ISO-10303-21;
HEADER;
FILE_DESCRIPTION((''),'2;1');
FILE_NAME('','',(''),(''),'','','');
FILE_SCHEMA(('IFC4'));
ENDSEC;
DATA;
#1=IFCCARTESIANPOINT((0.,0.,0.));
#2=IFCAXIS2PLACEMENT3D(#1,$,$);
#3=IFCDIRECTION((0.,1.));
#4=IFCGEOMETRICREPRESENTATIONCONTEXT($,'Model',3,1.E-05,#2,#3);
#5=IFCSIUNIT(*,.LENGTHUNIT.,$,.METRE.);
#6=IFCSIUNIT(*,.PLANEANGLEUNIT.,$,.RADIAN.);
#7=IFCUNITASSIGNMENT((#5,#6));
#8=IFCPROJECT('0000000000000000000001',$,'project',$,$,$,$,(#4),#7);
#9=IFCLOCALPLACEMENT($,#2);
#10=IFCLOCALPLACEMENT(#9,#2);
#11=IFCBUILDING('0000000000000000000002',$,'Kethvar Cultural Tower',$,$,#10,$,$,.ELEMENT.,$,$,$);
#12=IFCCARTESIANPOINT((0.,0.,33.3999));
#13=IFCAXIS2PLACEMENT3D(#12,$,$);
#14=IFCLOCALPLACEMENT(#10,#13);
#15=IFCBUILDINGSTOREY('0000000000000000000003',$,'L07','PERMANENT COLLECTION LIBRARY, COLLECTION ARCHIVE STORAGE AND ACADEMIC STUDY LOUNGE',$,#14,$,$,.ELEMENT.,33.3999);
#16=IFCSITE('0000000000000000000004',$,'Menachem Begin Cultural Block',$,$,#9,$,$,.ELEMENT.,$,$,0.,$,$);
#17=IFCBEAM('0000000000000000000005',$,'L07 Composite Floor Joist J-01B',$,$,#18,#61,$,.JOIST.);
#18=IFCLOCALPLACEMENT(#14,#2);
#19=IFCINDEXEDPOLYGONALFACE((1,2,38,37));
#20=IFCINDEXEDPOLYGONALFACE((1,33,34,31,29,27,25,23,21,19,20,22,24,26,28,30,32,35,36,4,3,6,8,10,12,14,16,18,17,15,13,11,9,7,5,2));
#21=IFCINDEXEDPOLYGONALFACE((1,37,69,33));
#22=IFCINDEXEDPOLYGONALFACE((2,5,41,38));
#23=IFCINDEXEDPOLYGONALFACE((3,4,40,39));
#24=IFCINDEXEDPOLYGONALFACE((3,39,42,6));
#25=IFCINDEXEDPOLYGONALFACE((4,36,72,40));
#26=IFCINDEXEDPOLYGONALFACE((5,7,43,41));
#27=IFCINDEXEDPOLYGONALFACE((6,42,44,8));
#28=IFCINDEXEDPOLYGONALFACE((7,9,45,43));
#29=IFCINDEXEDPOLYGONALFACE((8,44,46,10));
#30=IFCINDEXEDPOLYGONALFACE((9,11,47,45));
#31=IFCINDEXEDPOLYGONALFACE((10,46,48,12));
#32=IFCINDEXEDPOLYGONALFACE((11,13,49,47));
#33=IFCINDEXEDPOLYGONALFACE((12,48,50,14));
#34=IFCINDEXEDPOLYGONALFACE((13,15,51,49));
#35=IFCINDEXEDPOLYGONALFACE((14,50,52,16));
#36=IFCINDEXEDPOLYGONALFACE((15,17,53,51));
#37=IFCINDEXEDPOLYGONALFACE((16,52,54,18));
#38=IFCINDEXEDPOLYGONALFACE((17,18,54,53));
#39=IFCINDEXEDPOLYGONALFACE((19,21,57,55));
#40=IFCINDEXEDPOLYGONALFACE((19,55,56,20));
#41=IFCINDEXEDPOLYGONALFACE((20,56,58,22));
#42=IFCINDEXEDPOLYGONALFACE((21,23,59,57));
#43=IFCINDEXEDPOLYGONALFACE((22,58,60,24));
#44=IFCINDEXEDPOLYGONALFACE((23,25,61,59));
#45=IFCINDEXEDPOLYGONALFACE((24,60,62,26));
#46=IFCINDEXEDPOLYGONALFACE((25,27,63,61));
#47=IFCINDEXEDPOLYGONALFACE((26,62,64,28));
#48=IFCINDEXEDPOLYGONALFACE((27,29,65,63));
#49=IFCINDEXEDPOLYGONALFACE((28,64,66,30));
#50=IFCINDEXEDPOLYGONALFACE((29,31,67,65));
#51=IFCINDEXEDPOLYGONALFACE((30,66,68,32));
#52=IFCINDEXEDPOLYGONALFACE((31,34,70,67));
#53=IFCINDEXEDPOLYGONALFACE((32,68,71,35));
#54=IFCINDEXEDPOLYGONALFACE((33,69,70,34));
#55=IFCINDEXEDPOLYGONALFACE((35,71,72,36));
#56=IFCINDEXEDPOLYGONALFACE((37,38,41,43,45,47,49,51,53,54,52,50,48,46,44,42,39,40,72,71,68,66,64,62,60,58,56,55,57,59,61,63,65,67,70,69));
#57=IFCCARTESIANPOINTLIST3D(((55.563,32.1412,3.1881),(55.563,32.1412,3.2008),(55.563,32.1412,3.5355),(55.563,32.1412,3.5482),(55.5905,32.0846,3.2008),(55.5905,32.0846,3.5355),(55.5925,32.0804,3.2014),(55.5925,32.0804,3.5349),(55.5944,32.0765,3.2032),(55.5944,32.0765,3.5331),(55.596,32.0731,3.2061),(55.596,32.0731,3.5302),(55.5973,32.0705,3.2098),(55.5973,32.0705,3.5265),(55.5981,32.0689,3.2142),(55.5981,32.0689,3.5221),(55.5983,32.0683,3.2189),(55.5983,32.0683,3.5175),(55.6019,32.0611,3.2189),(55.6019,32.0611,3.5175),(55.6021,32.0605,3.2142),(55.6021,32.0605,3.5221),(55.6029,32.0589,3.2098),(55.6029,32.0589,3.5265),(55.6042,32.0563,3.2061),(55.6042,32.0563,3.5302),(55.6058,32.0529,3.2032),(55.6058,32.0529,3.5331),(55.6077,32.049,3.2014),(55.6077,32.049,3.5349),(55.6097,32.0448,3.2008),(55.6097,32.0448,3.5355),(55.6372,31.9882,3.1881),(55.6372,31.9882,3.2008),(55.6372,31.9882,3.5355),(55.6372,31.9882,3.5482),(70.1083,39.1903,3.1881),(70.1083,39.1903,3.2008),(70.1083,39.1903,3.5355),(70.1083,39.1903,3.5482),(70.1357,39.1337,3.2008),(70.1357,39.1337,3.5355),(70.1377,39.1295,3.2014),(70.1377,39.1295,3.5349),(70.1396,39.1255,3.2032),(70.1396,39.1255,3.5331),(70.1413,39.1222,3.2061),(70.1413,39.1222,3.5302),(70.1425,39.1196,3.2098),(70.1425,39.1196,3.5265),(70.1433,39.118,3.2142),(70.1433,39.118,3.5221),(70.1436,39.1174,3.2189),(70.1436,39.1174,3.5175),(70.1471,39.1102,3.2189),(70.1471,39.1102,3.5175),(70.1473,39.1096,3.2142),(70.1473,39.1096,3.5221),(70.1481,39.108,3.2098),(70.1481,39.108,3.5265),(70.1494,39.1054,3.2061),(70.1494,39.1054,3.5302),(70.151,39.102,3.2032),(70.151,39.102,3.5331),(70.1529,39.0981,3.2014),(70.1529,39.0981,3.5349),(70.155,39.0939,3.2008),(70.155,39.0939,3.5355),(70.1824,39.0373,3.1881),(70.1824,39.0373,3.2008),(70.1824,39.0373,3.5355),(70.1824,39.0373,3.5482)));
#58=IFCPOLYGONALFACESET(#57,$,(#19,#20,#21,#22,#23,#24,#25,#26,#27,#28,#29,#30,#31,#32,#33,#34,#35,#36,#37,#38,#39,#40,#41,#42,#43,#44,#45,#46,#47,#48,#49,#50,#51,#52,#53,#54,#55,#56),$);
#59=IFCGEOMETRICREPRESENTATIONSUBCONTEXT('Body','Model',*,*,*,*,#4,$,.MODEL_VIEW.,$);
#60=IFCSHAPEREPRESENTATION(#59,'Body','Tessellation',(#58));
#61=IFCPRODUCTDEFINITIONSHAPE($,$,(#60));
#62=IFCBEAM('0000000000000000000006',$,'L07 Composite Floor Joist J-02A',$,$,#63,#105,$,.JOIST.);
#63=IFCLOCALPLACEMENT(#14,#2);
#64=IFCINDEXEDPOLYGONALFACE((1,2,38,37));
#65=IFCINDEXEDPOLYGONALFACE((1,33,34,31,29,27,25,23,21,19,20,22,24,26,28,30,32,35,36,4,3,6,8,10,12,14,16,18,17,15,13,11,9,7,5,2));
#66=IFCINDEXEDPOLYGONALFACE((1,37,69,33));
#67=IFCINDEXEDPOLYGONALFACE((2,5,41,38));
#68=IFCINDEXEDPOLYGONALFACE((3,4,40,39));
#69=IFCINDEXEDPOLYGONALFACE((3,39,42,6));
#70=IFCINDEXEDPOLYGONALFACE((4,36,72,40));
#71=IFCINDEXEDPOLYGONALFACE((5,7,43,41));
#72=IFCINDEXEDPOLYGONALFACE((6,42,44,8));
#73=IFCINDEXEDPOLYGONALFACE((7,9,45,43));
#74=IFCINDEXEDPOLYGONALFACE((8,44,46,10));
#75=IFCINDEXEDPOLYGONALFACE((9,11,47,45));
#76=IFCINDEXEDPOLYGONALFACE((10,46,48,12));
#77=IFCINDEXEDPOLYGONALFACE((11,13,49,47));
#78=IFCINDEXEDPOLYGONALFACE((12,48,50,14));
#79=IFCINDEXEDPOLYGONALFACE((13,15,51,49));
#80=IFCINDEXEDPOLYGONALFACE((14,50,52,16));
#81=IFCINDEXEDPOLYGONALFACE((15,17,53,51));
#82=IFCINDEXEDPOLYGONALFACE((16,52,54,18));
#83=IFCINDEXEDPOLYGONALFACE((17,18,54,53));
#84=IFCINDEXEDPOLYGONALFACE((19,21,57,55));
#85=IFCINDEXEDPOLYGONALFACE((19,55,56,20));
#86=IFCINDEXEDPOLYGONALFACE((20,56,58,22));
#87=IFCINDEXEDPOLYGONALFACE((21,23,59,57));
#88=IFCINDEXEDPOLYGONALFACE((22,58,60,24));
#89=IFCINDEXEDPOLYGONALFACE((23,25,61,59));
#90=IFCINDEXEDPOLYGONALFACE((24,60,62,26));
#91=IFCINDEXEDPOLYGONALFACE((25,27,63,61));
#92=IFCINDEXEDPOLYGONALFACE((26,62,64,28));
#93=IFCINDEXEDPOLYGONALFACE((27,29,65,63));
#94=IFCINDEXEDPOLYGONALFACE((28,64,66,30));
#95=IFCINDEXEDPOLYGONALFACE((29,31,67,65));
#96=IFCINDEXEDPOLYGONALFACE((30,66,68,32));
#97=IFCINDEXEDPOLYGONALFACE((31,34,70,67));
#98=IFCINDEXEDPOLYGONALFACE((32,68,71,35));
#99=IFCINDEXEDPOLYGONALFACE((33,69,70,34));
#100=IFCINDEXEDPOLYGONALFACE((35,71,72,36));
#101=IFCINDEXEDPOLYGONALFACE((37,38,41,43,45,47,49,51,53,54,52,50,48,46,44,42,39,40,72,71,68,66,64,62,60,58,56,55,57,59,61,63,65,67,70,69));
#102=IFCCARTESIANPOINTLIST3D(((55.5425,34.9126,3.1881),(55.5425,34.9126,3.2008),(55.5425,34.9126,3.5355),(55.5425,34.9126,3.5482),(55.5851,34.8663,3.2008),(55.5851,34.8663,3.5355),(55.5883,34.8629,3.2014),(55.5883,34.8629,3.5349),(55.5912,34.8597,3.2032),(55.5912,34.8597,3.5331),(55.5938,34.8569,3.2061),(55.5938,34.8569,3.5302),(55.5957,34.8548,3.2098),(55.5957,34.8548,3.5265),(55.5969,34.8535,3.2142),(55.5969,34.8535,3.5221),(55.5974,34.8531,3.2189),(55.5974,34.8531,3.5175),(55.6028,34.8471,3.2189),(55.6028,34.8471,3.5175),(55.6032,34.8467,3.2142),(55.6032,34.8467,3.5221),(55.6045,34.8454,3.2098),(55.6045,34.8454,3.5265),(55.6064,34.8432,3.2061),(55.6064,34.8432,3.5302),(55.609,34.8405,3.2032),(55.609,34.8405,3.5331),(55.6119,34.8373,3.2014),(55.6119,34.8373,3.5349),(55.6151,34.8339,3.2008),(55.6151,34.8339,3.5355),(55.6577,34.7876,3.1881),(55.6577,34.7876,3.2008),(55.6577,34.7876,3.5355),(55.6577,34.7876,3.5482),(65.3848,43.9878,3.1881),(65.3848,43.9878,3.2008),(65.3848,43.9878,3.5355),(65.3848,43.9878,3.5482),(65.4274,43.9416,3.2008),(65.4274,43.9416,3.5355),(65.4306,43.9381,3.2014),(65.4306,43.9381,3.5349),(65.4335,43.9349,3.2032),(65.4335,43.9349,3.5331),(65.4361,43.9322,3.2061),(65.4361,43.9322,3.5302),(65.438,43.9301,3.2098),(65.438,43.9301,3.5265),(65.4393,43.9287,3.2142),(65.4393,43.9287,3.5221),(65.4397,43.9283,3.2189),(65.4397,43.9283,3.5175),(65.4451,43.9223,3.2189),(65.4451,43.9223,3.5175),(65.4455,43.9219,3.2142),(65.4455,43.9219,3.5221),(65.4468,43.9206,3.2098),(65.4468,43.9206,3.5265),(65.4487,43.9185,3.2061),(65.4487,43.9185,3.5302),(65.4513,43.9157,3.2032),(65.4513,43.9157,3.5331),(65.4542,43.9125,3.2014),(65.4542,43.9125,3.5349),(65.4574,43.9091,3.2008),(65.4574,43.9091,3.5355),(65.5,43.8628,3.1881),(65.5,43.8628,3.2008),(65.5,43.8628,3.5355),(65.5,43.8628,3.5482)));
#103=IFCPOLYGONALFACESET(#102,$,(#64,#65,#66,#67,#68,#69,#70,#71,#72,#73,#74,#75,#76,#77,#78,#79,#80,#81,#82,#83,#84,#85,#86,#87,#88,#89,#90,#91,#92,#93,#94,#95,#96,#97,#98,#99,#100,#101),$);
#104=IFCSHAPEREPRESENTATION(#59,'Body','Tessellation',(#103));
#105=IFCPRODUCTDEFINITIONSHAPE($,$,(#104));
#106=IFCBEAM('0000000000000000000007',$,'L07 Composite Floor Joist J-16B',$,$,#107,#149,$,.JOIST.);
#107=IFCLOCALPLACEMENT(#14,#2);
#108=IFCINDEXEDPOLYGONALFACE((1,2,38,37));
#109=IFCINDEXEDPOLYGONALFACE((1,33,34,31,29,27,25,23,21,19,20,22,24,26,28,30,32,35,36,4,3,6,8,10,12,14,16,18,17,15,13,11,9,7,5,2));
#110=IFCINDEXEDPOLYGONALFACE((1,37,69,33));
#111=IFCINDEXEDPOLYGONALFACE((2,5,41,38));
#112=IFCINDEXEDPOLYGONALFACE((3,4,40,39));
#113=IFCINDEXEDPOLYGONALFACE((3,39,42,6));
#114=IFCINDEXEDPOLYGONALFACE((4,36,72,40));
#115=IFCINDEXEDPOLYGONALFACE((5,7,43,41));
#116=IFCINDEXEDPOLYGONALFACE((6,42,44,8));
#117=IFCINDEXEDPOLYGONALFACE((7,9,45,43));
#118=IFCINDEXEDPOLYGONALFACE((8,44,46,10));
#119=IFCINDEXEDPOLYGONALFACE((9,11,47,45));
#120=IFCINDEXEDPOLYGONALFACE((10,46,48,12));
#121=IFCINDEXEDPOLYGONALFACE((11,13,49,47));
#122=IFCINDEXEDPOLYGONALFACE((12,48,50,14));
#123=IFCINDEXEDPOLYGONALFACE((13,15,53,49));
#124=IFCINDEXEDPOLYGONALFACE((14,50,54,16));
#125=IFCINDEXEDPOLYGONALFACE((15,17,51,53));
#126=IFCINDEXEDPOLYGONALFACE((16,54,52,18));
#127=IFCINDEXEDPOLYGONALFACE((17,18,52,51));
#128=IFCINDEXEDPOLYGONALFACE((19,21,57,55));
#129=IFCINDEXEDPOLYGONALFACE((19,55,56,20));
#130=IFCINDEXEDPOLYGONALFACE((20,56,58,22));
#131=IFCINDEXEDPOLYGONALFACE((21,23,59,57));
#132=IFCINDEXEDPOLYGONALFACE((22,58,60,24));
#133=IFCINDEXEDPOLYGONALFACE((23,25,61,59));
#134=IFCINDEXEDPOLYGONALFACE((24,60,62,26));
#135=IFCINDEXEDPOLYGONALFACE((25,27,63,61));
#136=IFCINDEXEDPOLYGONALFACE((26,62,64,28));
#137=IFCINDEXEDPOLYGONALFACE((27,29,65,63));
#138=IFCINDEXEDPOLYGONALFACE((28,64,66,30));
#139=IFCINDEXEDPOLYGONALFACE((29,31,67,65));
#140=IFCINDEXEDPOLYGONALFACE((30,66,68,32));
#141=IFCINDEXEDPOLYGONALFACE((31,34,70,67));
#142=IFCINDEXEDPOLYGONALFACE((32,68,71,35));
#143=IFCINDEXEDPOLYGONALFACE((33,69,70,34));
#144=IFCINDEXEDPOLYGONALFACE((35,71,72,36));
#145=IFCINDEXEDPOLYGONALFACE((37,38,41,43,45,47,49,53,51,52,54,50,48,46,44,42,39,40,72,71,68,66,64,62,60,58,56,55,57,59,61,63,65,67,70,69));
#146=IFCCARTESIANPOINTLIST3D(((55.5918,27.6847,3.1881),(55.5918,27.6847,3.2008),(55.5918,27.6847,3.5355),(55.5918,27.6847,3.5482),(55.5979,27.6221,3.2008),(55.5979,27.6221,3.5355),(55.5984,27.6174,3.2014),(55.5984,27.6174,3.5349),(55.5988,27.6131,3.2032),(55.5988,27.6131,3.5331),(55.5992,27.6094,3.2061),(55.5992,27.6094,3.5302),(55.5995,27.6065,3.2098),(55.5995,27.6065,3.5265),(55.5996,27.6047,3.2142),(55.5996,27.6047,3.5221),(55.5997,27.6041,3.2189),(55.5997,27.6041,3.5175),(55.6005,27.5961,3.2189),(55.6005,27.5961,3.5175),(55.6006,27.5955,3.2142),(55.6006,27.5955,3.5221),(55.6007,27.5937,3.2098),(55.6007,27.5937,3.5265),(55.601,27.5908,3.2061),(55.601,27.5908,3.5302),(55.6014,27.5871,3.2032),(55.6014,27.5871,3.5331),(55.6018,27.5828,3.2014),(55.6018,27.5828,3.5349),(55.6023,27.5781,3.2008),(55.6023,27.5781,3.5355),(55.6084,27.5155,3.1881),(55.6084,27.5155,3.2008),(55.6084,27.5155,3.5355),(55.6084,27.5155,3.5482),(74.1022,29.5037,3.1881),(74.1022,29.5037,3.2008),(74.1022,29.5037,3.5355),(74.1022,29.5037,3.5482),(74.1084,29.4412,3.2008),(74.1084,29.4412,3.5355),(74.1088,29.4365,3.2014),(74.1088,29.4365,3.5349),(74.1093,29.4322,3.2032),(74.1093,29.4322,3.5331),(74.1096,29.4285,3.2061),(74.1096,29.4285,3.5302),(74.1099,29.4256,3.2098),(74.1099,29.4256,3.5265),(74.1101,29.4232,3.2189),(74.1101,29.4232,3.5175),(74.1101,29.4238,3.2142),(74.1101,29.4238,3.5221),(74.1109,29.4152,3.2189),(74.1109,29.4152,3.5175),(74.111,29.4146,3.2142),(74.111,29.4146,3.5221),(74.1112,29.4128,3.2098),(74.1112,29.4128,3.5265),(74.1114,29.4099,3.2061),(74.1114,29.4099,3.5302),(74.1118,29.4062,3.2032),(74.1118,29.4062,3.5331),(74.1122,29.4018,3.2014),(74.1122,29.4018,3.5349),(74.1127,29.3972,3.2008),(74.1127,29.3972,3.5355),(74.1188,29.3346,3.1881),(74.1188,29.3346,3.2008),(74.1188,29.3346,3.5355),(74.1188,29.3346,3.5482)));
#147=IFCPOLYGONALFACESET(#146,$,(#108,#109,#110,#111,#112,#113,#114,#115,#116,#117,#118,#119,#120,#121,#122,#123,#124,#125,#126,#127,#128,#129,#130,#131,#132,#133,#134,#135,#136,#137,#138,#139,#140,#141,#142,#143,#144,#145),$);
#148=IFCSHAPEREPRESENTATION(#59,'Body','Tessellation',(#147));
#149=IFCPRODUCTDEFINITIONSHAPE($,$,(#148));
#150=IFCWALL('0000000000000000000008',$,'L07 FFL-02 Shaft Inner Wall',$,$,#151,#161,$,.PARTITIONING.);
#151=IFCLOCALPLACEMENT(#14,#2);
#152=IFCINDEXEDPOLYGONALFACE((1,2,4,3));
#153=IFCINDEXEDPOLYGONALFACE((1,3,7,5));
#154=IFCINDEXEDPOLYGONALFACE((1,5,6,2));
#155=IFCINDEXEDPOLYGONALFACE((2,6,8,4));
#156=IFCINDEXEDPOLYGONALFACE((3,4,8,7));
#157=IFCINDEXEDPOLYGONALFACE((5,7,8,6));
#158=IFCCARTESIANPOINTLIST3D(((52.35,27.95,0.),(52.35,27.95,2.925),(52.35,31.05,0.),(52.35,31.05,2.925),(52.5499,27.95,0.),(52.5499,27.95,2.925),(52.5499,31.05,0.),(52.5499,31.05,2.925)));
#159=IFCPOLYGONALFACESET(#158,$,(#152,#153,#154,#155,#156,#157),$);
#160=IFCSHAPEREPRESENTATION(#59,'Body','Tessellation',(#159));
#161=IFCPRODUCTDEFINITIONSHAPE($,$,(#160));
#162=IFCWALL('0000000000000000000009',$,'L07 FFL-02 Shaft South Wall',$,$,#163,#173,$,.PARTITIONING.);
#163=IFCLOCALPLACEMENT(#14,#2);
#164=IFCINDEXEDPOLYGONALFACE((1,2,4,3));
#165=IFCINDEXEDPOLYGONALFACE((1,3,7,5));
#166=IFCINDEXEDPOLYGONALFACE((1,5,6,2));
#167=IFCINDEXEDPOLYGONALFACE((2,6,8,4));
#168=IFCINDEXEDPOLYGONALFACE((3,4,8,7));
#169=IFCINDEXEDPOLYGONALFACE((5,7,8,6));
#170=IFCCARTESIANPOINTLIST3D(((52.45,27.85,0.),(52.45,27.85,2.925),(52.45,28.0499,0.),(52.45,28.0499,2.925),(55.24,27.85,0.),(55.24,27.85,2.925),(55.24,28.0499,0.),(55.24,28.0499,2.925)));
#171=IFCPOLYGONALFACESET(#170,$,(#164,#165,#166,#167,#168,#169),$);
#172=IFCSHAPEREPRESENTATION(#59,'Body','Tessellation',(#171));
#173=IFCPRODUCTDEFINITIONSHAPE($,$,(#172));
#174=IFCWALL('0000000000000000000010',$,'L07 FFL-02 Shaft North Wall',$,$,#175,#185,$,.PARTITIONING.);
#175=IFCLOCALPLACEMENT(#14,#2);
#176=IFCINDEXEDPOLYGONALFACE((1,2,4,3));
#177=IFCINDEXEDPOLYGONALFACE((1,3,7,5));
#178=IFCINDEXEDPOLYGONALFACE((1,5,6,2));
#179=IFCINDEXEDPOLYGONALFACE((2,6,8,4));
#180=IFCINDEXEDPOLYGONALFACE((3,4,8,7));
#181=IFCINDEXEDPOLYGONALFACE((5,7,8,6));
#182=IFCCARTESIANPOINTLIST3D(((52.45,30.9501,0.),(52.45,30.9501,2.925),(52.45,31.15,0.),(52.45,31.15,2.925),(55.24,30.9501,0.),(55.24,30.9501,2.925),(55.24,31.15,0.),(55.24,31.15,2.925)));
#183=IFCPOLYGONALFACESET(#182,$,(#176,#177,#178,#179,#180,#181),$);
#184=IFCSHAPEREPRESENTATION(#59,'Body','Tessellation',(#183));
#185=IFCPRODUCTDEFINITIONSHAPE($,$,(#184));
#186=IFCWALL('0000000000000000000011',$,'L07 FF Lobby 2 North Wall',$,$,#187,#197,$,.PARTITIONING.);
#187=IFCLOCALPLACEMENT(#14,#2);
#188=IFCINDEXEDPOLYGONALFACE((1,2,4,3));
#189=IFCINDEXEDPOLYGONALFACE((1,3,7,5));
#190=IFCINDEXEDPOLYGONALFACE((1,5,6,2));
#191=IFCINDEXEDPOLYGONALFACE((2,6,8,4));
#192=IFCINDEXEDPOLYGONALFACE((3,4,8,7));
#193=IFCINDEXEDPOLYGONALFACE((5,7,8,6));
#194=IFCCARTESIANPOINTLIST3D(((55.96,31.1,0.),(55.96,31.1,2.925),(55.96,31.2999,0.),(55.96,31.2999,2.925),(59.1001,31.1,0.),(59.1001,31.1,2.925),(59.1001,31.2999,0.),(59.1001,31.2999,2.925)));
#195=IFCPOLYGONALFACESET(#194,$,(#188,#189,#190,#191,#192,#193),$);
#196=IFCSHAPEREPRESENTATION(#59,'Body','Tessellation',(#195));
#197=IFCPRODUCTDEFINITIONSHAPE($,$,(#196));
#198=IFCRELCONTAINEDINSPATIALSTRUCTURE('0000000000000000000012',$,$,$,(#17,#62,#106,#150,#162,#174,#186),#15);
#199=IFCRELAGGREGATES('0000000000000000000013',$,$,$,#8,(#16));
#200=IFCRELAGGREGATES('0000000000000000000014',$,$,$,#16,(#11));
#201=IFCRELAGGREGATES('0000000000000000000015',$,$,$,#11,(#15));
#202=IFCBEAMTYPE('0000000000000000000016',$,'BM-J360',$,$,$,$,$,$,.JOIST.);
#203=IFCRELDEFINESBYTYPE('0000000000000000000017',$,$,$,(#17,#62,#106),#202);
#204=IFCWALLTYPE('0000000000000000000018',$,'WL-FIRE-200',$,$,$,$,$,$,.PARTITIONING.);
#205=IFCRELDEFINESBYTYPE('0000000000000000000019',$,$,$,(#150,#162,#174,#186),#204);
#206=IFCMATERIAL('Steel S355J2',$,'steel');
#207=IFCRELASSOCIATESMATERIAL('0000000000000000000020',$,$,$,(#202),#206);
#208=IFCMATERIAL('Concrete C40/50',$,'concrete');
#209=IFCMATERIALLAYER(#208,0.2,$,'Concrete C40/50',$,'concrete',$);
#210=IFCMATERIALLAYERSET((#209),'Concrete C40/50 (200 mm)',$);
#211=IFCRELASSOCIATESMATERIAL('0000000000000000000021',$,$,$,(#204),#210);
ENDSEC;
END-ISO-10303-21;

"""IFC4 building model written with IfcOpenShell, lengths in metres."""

from ifc_helpers import new_model, si_unit, direction, frame, frame_2d, origin, origin_2d, place, context, subcontext, project, spatial, rectangle, i_section, extrude, source, transform, mapped, material, layer, layer_set, material_profile, profile_set, type_object, element, save


model = new_model("IFC4")

# Units and contexts
model_context = context("Model", 3, precision=1e-05, world=origin(), true_north=direction((0.0, 1.0)))
body_context = subcontext(model_context, "Body", "Model", "MODEL_VIEW")
ifc_project = project(units=[si_unit("LENGTHUNIT", "METRE"), si_unit("PLANEANGLEUNIT", "RADIAN")], contexts=[model_context])

# Site, building, storey
site_placement = place(None, origin())
site = spatial("IfcSite", under=ifc_project, at=site_placement, Name="Menachem Begin Cultural Block", CompositionType="ELEMENT", RefElevation=0.0)
building_placement = place(site_placement, origin())
building = spatial("IfcBuilding", under=site, at=building_placement, Name="Kethvar Cultural Tower", CompositionType="ELEMENT")
storey_placement = place(building_placement, frame((0.0, 0.0, 33.3999)))
storey = spatial("IfcBuildingStorey", under=building, at=storey_placement, Name="L07", Description="PERMANENT COLLECTION LIBRARY, COLLECTION ARCHIVE STORAGE AND ACADEMIC STUDY LOUNGE", CompositionType="ELEMENT", Elevation=33.3999)

# Beams
ifc_material_1 = material(Name="Steel S355J2", Category="steel")
ifc_material_profile_1 = material_profile(ifc_material_1, i_section(OverallWidth=0.1699, OverallDepth=0.3601, WebThickness=0.0081, FlangeThickness=0.0127, FilletRadius=0.0181, at=origin_2d()), Name="Steel S355J2 — IPE360")
ifc_profile_set_1 = profile_set([ifc_material_profile_1], Name="Steel S355J2 — IPE360")
beam_type_1 = type_object("IfcBeamType", Name="BM-J360", PredefinedType="JOIST", material=ifc_profile_set_1)
shared_shape_1 = source(origin(), body_context, "Body", "SweptSolid", [
    extrude(i_section(OverallWidth=0.1699, OverallDepth=0.3601, WebThickness=0.0081, FlangeThickness=0.0127, FilletRadius=0.0181, at=origin_2d()), origin(), (0.0, 0.0, 1.0), 16.1633),
])
beam_1_placement = place(storey_placement, frame((55.6001, 32.0647, 3.3682), z_axis=(0.89989, 0.436117, 0.0), x_axis=(-0.436117, 0.89989, 0.0)))
element("IfcBeam", 1, at=beam_1_placement, inside=storey, type_object=beam_type_1, Name="L07 Composite Floor Joist J-01B", PredefinedType="JOIST", context=body_context, shape_type="MappedRepresentation", body=[
    mapped(shared_shape_1, transform((0.0, 0.0, 0.0), scale=1.0)),
])
shared_shape_2 = source(origin(), body_context, "Body", "SweptSolid", [
    extrude(i_section(OverallWidth=0.1699, OverallDepth=0.3601, WebThickness=0.0081, FlangeThickness=0.0127, FilletRadius=0.0181, at=origin_2d()), origin(), (0.0, 0.0, 1.0), 13.3877),
])
beam_2_placement = place(storey_placement, frame((55.6001, 34.8501, 3.3682), z_axis=(0.735175, 0.677877, 0.0), x_axis=(-0.677877, 0.735175, 0.0)))
element("IfcBeam", 2, at=beam_2_placement, inside=storey, type_object=beam_type_1, Name="L07 Composite Floor Joist J-02A", PredefinedType="JOIST", context=body_context, shape_type="MappedRepresentation", body=[
    mapped(shared_shape_2, transform((0.0, 0.0, 0.0), scale=1.0)),
])
shared_shape_3 = source(origin(), body_context, "Body", "SweptSolid", [
    extrude(i_section(OverallWidth=0.1699, OverallDepth=0.3601, WebThickness=0.0081, FlangeThickness=0.0127, FilletRadius=0.0181, at=origin_2d()), origin(), (0.0, 0.0, 1.0), 18.5996),
])
beam_3_placement = place(storey_placement, frame((55.6001, 27.6001, 3.3682), z_axis=(0.995206, 0.097802, 0.0), x_axis=(-0.097802, 0.995206, 0.0)))
element("IfcBeam", 3, at=beam_3_placement, inside=storey, type_object=beam_type_1, Name="L07 Composite Floor Joist J-16B", PredefinedType="JOIST", context=body_context, shape_type="MappedRepresentation", body=[
    mapped(shared_shape_3, transform((0.0, 0.0, 0.0), scale=1.0)),
])

# Walls
ifc_material_2 = material(Name="Concrete C40/50", Category="concrete")
ifc_layer_1 = layer(ifc_material_2, 0.2, Name="Concrete C40/50", Category="concrete")
ifc_layer_set_1 = layer_set([ifc_layer_1], Name="Concrete C40/50 (200 mm)")
wall_type_1 = type_object("IfcWallType", Name="WL-FIRE-200", PredefinedType="PARTITIONING", material=ifc_layer_set_1)
wall_1_placement = place(storey_placement, frame((52.45, 27.95, 0.0), z_axis=(0.0, 0.0, 1.0), x_axis=(0.0, 1.0, 0.0)))
element("IfcWall", 4, at=wall_1_placement, inside=storey, type_object=wall_type_1, Name="L07 FFL-02 Shaft Inner Wall", PredefinedType="PARTITIONING", context=body_context, shape_type="SweptSolid", body=[
    extrude(rectangle(XDim=3.1001, YDim=0.2, at=frame_2d((1.55, 0.0))), origin(), (0.0, 0.0, 1.0), 2.925),
])
for number, where, z_axis, x_axis, name in (
    (5, (52.45, 27.95, 0.0), (0.0, 0.0, 1.0), (1.0, 0.0, 0.0), "L07 FFL-02 Shaft South Wall"),
    (6, (52.45, 31.05, 0.0), (0.0, 0.0, 1.0), (1.0, 0.0, 0.0), "L07 FFL-02 Shaft North Wall"),
):
    element("IfcWall", number, at=place(storey_placement, frame(where, z_axis=z_axis, x_axis=x_axis)), inside=storey, type_object=wall_type_1, Name=name, PredefinedType="PARTITIONING", context=body_context, shape_type="SweptSolid", body=[
        extrude(rectangle(XDim=2.79, YDim=0.2, at=frame_2d((1.395, 0.0))), origin(), (0.0, 0.0, 1.0), 2.925),
    ])
wall_2_placement = place(storey_placement, frame((55.96, 31.2, 0.0), z_axis=(0.0, 0.0, 1.0), x_axis=(1.0, 0.0, 0.0)))
element("IfcWall", 7, at=wall_2_placement, inside=storey, type_object=wall_type_1, Name="L07 FF Lobby 2 North Wall", PredefinedType="PARTITIONING", context=body_context, shape_type="SweptSolid", body=[
    extrude(rectangle(XDim=3.1401, YDim=0.2, at=frame_2d((1.5701, 0.0))), origin(), (0.0, 0.0, 1.0), 2.925),
])

save(model, "model.ifc")
